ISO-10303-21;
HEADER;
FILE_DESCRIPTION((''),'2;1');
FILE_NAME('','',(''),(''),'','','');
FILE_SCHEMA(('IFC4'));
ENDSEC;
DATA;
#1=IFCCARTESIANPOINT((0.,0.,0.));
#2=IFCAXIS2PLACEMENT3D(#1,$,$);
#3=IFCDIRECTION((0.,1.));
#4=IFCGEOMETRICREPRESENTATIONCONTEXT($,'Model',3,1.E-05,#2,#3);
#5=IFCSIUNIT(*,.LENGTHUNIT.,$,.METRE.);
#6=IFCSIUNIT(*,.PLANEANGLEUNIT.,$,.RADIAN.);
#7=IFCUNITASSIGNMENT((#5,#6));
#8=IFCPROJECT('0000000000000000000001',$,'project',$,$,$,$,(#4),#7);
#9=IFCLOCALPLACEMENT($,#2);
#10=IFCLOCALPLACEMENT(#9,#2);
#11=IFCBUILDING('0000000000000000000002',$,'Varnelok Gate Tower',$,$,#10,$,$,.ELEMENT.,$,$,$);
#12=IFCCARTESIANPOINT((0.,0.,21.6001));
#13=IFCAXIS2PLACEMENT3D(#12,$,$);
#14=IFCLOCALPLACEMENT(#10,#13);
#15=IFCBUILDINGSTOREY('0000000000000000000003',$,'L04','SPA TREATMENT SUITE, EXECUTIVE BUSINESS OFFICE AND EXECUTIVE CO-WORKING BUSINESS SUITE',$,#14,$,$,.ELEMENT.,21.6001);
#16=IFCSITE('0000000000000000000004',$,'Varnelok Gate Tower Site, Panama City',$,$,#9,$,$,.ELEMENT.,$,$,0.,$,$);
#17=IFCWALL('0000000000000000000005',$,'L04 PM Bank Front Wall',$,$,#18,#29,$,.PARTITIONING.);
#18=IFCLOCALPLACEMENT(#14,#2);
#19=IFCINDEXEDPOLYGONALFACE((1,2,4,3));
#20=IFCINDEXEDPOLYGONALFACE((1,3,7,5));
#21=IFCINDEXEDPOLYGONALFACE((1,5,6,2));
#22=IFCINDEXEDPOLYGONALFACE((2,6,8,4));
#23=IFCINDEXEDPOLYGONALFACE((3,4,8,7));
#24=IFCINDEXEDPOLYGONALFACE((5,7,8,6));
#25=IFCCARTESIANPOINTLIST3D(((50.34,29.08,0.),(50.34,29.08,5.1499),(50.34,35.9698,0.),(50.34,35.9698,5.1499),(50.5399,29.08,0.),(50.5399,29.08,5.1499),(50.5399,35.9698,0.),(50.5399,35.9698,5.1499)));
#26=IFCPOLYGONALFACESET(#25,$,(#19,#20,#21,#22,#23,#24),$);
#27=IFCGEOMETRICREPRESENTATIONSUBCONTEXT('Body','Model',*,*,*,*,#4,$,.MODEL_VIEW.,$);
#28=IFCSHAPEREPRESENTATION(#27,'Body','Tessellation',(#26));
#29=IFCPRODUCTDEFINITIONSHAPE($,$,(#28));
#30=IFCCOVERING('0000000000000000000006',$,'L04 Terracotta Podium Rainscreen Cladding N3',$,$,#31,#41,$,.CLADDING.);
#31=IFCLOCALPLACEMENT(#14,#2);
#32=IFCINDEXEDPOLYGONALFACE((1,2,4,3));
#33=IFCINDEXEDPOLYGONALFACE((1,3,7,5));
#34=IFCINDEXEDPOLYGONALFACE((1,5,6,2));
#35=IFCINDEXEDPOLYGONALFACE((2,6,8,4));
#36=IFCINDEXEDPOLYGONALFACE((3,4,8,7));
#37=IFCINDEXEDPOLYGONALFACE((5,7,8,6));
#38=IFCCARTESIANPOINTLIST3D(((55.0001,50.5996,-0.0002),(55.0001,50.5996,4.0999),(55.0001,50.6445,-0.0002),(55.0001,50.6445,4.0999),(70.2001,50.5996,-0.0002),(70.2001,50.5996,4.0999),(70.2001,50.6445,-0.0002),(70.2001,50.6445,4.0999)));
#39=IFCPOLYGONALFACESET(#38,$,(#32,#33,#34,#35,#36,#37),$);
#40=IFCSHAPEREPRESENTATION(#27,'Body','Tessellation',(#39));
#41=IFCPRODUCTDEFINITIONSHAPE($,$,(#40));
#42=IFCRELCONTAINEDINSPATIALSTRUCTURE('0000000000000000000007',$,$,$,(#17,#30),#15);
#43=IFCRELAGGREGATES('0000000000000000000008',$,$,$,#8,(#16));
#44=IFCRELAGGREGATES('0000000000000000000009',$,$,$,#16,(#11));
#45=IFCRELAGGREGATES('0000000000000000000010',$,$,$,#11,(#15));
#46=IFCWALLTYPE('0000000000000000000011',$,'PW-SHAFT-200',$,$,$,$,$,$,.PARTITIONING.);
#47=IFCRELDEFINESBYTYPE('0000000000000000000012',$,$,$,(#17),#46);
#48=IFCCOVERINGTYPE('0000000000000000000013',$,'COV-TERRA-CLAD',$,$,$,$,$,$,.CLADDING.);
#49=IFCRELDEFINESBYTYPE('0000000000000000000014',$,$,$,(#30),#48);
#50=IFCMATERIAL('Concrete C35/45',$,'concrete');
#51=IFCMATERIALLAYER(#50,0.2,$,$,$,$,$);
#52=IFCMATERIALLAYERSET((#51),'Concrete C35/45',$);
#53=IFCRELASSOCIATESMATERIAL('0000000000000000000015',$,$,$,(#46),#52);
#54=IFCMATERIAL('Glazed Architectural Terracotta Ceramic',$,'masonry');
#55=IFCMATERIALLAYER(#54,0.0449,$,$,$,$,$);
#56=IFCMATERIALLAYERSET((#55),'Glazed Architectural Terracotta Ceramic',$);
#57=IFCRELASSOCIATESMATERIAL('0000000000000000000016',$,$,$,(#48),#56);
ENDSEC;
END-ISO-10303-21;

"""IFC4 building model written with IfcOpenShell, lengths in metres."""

from ifc_helpers import new_model, si_unit, direction, frame, frame_2d, origin, origin_2d, place, context, subcontext, project, spatial, rectangle, extrude, source, transform, mapped, material, layer, layer_set, type_object, element, save


model = new_model("IFC4")

# Units and contexts
model_context = context("Model", 3, precision=1e-05, world=origin(), true_north=direction((0.0, 1.0)))
body_context = subcontext(model_context, "Body", "Model", "MODEL_VIEW")
ifc_project = project(units=[si_unit("LENGTHUNIT", "METRE"), si_unit("PLANEANGLEUNIT", "RADIAN")], contexts=[model_context])

# Site, building, storey
site_placement = place(None, origin())
site = spatial("IfcSite", under=ifc_project, at=site_placement, Name="Varnelok Gate Tower Site, Panama City", CompositionType="ELEMENT", RefElevation=0.0)
building_placement = place(site_placement, origin())
building = spatial("IfcBuilding", under=site, at=building_placement, Name="Varnelok Gate Tower", CompositionType="ELEMENT")
storey_placement = place(building_placement, frame((0.0, 0.0, 21.6001)))
storey = spatial("IfcBuildingStorey", under=building, at=storey_placement, Name="L04", Description="SPA TREATMENT SUITE, EXECUTIVE BUSINESS OFFICE AND EXECUTIVE CO-WORKING BUSINESS SUITE", CompositionType="ELEMENT", Elevation=21.6001)

# Wall
ifc_material_1 = material(Name="Concrete C35/45", Category="concrete")
ifc_layer_1 = layer(ifc_material_1, 0.2)
ifc_layer_set_1 = layer_set([ifc_layer_1], Name="Concrete C35/45")
wall_type_1 = type_object("IfcWallType", Name="PW-SHAFT-200", PredefinedType="PARTITIONING", material=ifc_layer_set_1)
wall_1_placement = place(storey_placement, frame((50.4399, 29.0801, 0.0), z_axis=(0.0, 0.0, 1.0), x_axis=(0.0, 1.0, 0.0)))
element("IfcWall", 1, at=wall_1_placement, inside=storey, type_object=wall_type_1, Name="L04 PM Bank Front Wall", PredefinedType="PARTITIONING", context=body_context, shape_type="SweptSolid", body=[
    extrude(rectangle(XDim=6.8899, YDim=0.2, at=frame_2d((3.4448, 0.0))), origin(), (0.0, 0.0, 1.0), 5.1499),
])

# Covering
ifc_material_2 = material(Name="Glazed Architectural Terracotta Ceramic", Category="masonry")
ifc_layer_2 = layer(ifc_material_2, 0.0449)
ifc_layer_set_2 = layer_set([ifc_layer_2], Name="Glazed Architectural Terracotta Ceramic")
covering_type = type_object("IfcCoveringType", Name="COV-TERRA-CLAD", PredefinedType="CLADDING", material=ifc_layer_set_2)
shared_shape = source(origin(), body_context, "Body", "SweptSolid", [
    extrude(rectangle(XDim=15.2, YDim=0.0449, at=origin_2d()), origin(), (0.0, 0.0, 1.0), 4.1001),
])
covering_placement = place(storey_placement, frame((62.6001, 50.6221, -0.0002), z_axis=(0.0, 0.0, 1.0), x_axis=(1.0, 0.0, 0.0)))
element("IfcCovering", 2, at=covering_placement, inside=storey, type_object=covering_type, Name="L04 Terracotta Podium Rainscreen Cladding N3", PredefinedType="CLADDING", context=body_context, shape_type="MappedRepresentation", body=[
    mapped(shared_shape, transform((0.0, 0.0, 0.0), scale=1.0)),
])

save(model, "model.ifc")
